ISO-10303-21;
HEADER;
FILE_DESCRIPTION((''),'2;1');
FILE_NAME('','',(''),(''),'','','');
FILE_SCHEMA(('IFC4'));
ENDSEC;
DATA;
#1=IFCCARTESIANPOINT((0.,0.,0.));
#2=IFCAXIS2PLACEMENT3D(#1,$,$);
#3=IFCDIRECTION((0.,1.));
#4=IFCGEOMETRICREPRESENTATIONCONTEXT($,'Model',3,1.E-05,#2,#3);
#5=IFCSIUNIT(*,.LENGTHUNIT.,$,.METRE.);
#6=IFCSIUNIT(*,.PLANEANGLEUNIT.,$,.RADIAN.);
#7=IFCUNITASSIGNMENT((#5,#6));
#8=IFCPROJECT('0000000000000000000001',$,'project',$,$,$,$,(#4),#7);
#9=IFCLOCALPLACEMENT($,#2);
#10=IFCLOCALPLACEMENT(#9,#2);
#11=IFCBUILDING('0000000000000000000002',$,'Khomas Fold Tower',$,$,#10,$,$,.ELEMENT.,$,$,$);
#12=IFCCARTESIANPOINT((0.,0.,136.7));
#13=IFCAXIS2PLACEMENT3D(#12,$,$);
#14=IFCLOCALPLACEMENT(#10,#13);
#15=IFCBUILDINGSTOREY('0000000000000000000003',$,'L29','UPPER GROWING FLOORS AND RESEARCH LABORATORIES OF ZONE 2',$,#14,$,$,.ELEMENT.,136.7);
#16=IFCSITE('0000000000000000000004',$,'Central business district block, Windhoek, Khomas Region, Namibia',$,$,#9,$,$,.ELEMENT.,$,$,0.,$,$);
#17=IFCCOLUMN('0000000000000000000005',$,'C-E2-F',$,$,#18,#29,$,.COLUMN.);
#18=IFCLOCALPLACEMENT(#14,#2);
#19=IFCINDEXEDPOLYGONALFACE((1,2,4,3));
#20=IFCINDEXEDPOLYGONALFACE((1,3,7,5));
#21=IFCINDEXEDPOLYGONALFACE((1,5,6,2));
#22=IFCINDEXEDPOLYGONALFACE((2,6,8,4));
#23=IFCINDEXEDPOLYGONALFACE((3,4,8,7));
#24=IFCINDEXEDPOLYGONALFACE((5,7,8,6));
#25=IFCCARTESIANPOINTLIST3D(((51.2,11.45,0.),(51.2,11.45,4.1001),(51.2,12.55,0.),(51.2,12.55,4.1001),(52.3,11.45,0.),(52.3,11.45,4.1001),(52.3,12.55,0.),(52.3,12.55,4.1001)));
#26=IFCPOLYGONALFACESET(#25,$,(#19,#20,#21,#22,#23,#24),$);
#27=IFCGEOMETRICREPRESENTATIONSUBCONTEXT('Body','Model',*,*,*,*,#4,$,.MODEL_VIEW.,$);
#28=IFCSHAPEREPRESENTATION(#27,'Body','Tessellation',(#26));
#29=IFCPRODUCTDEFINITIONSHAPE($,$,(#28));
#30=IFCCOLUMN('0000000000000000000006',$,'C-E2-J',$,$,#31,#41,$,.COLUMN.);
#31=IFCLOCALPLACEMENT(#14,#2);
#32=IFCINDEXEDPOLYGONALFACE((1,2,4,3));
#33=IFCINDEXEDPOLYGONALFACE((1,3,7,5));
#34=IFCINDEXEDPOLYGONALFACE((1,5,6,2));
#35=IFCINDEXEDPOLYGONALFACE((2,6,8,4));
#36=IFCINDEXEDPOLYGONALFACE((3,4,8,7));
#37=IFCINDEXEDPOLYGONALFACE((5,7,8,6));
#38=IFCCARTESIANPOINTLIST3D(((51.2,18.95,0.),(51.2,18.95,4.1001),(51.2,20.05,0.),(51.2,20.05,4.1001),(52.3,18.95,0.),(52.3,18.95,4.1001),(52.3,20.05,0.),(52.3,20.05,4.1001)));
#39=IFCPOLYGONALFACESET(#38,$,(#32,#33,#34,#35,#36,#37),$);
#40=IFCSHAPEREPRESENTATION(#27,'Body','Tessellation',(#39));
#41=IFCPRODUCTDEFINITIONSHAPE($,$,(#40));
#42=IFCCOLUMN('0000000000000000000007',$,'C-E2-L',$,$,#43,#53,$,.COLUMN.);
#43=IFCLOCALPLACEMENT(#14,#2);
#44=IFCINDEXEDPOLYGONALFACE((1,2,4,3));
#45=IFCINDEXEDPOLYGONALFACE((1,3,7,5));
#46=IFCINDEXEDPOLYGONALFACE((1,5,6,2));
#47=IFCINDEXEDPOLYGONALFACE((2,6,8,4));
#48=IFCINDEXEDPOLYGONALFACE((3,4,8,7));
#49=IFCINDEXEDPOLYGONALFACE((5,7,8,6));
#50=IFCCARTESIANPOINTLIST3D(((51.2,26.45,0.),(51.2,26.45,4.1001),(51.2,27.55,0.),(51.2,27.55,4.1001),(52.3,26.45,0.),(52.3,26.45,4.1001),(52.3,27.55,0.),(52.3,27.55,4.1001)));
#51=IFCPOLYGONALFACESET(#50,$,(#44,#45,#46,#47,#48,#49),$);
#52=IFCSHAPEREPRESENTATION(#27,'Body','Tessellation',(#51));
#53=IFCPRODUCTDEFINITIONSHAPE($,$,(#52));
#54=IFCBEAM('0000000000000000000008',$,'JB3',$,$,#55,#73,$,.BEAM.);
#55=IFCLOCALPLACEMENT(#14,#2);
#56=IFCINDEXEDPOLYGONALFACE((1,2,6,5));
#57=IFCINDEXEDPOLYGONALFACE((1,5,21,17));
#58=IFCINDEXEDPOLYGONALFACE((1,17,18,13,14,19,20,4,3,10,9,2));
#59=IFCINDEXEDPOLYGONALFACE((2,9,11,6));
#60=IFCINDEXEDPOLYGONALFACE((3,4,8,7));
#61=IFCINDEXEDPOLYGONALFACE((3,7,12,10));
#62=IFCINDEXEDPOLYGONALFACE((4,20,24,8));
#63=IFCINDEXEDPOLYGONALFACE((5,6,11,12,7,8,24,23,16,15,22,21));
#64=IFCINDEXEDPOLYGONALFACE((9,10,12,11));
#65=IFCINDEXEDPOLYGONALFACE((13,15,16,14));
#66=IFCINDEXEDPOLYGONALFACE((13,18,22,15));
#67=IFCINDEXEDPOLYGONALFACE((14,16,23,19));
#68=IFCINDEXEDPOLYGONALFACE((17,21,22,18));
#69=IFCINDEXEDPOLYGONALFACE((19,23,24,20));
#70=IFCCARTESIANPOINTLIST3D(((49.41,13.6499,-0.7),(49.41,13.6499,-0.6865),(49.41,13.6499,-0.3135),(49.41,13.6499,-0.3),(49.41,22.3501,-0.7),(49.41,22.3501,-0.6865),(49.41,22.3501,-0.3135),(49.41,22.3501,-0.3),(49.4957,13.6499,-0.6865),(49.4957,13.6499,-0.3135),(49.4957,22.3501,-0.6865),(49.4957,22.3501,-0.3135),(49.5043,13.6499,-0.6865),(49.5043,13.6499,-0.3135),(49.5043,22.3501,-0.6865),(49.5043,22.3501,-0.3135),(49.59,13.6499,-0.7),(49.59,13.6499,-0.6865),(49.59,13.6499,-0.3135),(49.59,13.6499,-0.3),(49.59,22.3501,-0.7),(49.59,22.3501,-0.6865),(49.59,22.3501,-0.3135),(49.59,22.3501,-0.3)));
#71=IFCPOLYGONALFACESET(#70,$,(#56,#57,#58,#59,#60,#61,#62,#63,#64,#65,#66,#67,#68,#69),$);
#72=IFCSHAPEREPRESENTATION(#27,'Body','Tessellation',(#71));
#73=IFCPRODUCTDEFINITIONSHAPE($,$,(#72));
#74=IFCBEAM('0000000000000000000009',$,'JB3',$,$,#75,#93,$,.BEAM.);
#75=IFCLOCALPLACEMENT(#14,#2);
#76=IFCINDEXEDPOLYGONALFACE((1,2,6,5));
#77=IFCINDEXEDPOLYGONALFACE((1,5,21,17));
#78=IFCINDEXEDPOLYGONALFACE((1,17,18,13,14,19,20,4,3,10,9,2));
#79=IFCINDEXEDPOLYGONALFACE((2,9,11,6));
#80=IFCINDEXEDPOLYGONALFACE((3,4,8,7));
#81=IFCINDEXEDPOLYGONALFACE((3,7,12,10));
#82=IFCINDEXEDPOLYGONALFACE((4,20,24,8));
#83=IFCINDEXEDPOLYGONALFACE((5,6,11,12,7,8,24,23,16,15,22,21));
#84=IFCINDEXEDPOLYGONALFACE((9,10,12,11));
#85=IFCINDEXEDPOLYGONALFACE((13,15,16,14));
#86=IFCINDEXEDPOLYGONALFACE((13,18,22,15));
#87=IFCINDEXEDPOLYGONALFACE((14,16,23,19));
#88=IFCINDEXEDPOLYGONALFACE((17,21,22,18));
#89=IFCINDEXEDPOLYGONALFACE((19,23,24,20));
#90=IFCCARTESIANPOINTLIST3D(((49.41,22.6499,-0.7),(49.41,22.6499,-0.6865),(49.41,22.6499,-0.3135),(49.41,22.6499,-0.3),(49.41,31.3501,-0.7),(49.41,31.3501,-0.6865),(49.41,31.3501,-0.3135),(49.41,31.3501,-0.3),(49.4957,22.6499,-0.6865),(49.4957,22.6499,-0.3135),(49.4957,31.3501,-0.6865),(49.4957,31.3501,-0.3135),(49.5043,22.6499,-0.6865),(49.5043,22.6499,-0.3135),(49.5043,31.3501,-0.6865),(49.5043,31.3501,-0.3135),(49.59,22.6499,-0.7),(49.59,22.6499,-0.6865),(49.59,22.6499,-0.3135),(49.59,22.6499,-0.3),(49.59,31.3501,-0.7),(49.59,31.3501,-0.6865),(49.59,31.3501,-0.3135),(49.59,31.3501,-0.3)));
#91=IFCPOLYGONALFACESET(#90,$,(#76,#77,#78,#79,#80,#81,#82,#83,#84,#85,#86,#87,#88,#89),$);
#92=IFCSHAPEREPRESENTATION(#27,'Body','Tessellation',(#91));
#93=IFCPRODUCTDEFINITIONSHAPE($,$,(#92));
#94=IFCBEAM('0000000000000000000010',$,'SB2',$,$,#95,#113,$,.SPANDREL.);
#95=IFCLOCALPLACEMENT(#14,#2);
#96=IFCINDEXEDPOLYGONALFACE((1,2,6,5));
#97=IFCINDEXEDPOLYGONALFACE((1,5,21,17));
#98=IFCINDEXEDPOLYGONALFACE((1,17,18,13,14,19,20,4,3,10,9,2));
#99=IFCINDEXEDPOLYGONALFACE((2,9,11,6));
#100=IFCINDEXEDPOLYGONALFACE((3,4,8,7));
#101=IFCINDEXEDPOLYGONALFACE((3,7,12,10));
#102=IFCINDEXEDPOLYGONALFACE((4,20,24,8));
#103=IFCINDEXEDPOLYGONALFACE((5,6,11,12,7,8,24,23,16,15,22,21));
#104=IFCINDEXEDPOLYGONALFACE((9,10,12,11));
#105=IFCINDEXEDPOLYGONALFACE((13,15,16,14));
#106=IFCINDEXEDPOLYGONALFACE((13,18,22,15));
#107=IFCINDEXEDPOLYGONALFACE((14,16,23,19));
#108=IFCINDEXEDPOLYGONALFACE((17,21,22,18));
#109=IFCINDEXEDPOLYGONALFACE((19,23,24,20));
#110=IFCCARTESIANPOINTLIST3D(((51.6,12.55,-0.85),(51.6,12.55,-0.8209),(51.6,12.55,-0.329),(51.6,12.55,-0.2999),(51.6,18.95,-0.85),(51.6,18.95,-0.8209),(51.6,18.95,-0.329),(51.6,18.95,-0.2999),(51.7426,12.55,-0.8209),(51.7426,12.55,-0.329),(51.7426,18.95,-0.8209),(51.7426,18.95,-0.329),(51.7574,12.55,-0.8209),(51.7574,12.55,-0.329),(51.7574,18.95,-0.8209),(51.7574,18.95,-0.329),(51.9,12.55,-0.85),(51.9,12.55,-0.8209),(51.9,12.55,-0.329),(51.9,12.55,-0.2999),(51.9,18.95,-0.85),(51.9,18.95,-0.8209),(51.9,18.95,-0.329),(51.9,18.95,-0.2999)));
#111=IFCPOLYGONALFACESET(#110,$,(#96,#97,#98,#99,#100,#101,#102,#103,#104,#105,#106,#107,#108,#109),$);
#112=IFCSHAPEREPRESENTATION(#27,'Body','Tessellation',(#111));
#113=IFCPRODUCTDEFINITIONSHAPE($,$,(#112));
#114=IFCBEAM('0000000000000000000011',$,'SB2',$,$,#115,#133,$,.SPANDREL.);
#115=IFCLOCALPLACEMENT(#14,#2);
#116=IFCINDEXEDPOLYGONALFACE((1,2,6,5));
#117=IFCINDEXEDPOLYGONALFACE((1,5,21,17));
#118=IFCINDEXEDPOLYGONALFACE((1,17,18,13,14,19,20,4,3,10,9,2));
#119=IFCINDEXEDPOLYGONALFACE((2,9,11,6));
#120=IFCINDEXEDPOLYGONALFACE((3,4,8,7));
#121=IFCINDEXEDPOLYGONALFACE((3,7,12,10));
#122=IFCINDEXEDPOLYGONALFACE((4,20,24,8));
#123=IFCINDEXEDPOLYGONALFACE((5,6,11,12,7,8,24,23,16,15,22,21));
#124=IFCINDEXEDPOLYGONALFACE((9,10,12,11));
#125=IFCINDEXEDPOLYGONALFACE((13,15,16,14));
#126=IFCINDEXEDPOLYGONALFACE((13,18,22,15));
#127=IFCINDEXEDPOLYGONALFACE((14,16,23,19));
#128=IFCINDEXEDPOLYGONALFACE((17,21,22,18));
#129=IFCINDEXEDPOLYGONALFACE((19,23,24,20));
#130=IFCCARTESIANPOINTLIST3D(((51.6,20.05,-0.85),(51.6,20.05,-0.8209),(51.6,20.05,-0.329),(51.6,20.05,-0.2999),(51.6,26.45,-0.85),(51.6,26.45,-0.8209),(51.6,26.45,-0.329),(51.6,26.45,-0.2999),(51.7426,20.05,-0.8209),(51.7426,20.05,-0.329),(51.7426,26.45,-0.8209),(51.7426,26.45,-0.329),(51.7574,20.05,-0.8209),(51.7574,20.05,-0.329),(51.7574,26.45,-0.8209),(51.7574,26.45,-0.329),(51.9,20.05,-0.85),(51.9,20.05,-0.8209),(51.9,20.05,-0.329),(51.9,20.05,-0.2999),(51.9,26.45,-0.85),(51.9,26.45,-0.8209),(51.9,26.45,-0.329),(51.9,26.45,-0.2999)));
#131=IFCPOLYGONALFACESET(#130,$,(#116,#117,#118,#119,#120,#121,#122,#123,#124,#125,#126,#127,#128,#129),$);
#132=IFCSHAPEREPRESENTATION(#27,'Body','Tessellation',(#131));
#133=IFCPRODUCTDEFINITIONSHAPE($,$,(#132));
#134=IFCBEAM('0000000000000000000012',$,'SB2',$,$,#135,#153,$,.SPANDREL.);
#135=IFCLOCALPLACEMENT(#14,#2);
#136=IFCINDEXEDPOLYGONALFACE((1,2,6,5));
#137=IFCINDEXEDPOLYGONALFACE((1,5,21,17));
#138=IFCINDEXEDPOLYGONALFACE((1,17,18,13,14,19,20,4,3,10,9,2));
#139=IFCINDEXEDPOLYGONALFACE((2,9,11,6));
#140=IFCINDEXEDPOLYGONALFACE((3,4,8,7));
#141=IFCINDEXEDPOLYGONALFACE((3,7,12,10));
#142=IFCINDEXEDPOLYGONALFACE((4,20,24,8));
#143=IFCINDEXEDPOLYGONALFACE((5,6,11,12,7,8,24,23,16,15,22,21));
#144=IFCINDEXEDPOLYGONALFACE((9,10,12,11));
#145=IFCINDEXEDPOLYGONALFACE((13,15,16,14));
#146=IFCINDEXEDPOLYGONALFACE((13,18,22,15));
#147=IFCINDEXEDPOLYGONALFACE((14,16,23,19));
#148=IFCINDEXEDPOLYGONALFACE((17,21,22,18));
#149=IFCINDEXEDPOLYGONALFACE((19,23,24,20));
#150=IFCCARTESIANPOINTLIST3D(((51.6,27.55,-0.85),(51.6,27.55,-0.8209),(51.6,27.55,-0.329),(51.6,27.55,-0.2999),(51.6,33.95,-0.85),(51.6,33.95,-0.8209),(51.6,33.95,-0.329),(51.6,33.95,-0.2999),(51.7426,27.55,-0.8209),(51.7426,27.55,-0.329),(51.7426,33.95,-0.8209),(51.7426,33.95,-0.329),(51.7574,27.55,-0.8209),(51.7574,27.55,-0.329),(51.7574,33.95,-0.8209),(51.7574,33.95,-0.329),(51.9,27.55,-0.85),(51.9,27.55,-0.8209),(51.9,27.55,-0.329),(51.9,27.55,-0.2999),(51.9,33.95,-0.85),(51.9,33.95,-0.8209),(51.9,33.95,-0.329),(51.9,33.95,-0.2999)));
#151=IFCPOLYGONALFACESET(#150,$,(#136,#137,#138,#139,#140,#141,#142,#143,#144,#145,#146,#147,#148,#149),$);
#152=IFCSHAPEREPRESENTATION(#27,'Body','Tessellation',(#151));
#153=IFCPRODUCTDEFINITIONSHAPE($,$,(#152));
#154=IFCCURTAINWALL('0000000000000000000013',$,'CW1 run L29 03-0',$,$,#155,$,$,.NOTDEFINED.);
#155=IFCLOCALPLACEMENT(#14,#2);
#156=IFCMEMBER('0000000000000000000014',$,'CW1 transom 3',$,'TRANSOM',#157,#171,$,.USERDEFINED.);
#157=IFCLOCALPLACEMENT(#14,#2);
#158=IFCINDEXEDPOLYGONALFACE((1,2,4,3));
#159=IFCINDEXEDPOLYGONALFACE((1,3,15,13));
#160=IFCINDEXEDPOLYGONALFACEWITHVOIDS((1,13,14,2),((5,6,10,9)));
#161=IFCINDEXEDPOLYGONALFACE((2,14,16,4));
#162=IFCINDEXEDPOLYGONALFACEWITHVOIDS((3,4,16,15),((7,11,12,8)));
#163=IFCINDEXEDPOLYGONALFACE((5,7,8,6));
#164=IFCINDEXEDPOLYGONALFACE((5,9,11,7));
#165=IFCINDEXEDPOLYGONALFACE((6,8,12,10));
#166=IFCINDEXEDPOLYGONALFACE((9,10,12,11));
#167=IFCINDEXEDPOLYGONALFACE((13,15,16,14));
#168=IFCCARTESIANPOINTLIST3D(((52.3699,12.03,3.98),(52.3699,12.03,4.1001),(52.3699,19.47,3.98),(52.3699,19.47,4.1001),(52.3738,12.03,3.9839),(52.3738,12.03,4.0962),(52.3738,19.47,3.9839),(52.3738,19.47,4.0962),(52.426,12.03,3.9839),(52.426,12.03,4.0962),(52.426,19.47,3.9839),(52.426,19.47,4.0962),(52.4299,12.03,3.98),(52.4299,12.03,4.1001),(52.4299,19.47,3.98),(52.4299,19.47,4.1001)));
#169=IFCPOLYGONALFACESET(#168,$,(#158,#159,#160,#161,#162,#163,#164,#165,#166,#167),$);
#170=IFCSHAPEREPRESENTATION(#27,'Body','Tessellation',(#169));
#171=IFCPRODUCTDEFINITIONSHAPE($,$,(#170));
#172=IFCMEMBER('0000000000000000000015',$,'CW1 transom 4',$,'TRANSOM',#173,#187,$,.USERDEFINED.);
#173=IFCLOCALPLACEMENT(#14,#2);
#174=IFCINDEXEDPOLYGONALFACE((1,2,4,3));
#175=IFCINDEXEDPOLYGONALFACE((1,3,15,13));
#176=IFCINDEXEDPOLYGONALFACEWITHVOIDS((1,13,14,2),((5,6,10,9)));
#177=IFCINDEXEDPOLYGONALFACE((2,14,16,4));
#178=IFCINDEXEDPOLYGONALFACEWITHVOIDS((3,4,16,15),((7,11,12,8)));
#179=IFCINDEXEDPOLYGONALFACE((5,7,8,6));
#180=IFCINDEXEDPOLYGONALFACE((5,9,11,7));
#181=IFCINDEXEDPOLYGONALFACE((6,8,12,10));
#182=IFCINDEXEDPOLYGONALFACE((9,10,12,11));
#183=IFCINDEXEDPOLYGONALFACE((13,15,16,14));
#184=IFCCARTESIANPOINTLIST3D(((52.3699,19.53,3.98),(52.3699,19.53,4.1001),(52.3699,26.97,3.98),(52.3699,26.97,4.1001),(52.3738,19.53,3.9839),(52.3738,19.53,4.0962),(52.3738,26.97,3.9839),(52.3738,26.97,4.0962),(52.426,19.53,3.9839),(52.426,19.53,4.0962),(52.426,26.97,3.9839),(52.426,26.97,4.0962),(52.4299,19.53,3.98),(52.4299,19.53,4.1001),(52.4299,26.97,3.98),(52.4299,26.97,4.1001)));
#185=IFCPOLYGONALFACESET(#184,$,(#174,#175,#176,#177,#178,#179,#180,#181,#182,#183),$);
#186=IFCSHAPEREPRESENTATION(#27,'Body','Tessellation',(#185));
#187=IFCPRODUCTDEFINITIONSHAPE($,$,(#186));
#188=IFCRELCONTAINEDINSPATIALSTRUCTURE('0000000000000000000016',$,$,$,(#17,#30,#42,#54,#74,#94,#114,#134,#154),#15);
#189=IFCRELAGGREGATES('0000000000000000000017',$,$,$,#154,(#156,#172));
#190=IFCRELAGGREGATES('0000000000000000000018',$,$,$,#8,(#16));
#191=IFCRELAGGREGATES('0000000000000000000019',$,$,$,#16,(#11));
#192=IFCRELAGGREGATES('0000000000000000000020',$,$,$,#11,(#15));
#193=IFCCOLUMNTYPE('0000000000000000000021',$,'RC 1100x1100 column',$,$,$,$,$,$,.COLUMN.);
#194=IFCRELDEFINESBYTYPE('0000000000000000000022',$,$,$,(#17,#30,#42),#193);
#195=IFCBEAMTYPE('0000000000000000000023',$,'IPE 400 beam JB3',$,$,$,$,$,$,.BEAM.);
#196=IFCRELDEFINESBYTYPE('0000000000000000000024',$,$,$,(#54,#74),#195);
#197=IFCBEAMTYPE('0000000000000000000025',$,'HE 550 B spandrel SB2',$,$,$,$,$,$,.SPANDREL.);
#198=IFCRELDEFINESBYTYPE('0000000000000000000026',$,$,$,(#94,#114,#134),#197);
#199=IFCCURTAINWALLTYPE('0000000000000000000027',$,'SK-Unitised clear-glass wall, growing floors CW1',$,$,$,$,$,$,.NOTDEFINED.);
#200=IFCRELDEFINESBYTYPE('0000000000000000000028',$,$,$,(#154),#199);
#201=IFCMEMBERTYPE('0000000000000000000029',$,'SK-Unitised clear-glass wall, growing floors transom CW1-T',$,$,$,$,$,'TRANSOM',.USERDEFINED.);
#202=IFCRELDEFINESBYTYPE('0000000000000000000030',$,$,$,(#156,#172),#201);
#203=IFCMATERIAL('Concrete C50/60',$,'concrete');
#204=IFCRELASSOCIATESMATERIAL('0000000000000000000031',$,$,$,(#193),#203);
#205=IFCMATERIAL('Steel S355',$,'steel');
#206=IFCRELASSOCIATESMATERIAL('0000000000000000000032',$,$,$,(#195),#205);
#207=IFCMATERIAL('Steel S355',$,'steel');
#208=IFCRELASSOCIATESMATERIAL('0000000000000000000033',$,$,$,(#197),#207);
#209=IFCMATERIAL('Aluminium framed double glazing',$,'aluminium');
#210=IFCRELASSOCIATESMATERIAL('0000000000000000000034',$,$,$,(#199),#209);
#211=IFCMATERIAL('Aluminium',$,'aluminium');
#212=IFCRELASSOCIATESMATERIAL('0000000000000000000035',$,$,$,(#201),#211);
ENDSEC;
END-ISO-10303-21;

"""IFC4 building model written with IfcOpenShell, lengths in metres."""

from ifc_helpers import new_model, si_unit, direction, frame, origin, origin_2d, place, context, subcontext, project, spatial, rectangle, hollow_rectangle, i_section, extrude, source, transform, mapped, material, material_profile, profile_set, type_object, element, aggregate, save


model = new_model("IFC4")

# Units and contexts
model_context = context("Model", 3, precision=1e-05, world=origin(), true_north=direction((0.0, 1.0)))
body_context = subcontext(model_context, "Body", "Model", "MODEL_VIEW")
ifc_project = project(units=[si_unit("LENGTHUNIT", "METRE"), si_unit("PLANEANGLEUNIT", "RADIAN")], contexts=[model_context])

# Site, building, storey
site_placement = place(None, origin())
site = spatial("IfcSite", under=ifc_project, at=site_placement, Name="Central business district block, Windhoek, Khomas Region, Namibia", CompositionType="ELEMENT", RefElevation=0.0)
building_placement = place(site_placement, origin())
building = spatial("IfcBuilding", under=site, at=building_placement, Name="Khomas Fold Tower", CompositionType="ELEMENT")
storey_placement = place(building_placement, frame((0.0, 0.0, 136.7)))
storey = spatial("IfcBuildingStorey", under=building, at=storey_placement, Name="L29", Description="UPPER GROWING FLOORS AND RESEARCH LABORATORIES OF ZONE 2", CompositionType="ELEMENT", Elevation=136.7)

# Columns
ifc_material_1 = material(Name="Concrete C50/60", Category="concrete")
ifc_material_profile_1 = material_profile(ifc_material_1, rectangle(XDim=1.1001, YDim=1.1001, at=origin_2d()), Name="RC 1100x1100")
ifc_profile_set_1 = profile_set([ifc_material_profile_1], Name="Concrete C50/60")
column_type = type_object("IfcColumnType", Name="RC 1100x1100 column", PredefinedType="COLUMN", material=ifc_profile_set_1)
shared_shape_1 = source(origin(), body_context, "Body", "SweptSolid", [
    extrude(rectangle(XDim=1.1001, YDim=1.1001, at=origin_2d()), origin(), (0.0, 0.0, 1.0), 4.1001),
])
for number, where, z_axis, x_axis, name in (
    (1, (51.75, 12.0, 0.0), (0.0, 0.0, 1.0), (1.0, 0.0, 0.0), "C-E2-F"),
    (2, (51.75, 19.5, 0.0), (0.0, 0.0, 1.0), (1.0, 0.0, 0.0), "C-E2-J"),
    (3, (51.75, 27.0, 0.0), (0.0, 0.0, 1.0), (1.0, 0.0, 0.0), "C-E2-L"),
):
    element("IfcColumn", number, at=place(storey_placement, frame(where, z_axis=z_axis, x_axis=x_axis)), inside=storey, type_object=column_type, Name=name, PredefinedType="COLUMN", context=body_context, shape_type="MappedRepresentation", body=[
        mapped(shared_shape_1, transform((0.0, 0.0, 0.0))),
    ])

# Beams
ifc_material_2 = material(Name="Steel S355", Category="steel")
ifc_material_profile_2 = material_profile(ifc_material_2, i_section(OverallWidth=0.1799, OverallDepth=0.3999, WebThickness=0.0085, FlangeThickness=0.0134, at=origin_2d()), Name="IPE 400")
ifc_profile_set_2 = profile_set([ifc_material_profile_2], Name="Steel S355")
beam_type_1 = type_object("IfcBeamType", Name="IPE 400 beam JB3", PredefinedType="BEAM", material=ifc_profile_set_2)
shared_shape_2 = source(origin(), body_context, "Body", "SweptSolid", [
    extrude(i_section(OverallWidth=0.1799, OverallDepth=0.3999, WebThickness=0.0085, FlangeThickness=0.0134, at=origin_2d()), origin(), (0.0, 0.0, 1.0), 8.7002),
])
for number, where, z_axis, x_axis, name in (
    (4, (49.5, 13.6499, -0.5), (0.0, 1.0, 0.0), (-1.0, 0.0, 0.0), "JB3"),
    (5, (49.5, 22.6499, -0.5), (0.0, 1.0, 0.0), (-1.0, 0.0, 0.0), "JB3"),
):
    element("IfcBeam", number, at=place(storey_placement, frame(where, z_axis=z_axis, x_axis=x_axis)), inside=storey, type_object=beam_type_1, Name=name, PredefinedType="BEAM", context=body_context, shape_type="MappedRepresentation", body=[
        mapped(shared_shape_2, transform((0.0, 0.0, 0.0))),
    ])
ifc_material_3 = material(Name="Steel S355", Category="steel")
ifc_material_profile_3 = material_profile(ifc_material_3, i_section(OverallWidth=0.3, OverallDepth=0.55, WebThickness=0.0149, FlangeThickness=0.0291, at=origin_2d()), Name="HE 550 B")
ifc_profile_set_3 = profile_set([ifc_material_profile_3], Name="Steel S355")
beam_type_2 = type_object("IfcBeamType", Name="HE 550 B spandrel SB2", PredefinedType="SPANDREL", material=ifc_profile_set_3)
shared_shape_3 = source(origin(), body_context, "Body", "SweptSolid", [
    extrude(i_section(OverallWidth=0.3, OverallDepth=0.55, WebThickness=0.0149, FlangeThickness=0.0291, at=origin_2d()), origin(), (0.0, 0.0, 1.0), 6.3999),
])
for number, where, z_axis, x_axis, name in (
    (6, (51.75, 12.55, -0.575), (0.0, 1.0, 0.0), (-1.0, 0.0, 0.0), "SB2"),
    (7, (51.75, 20.05, -0.575), (0.0, 1.0, 0.0), (-1.0, 0.0, 0.0), "SB2"),
    (8, (51.75, 27.55, -0.575), (0.0, 1.0, 0.0), (-1.0, 0.0, 0.0), "SB2"),
):
    element("IfcBeam", number, at=place(storey_placement, frame(where, z_axis=z_axis, x_axis=x_axis)), inside=storey, type_object=beam_type_2, Name=name, PredefinedType="SPANDREL", context=body_context, shape_type="MappedRepresentation", body=[
        mapped(shared_shape_3, transform((0.0, 0.0, 0.0))),
    ])

# Curtain wall, members
ifc_material_4 = material(Name="Aluminium framed double glazing", Category="aluminium")
curtain_wall_type = type_object("IfcCurtainWallType", Name="SK-Unitised clear-glass wall, growing floors CW1", PredefinedType="NOTDEFINED", material=ifc_material_4)
curtain_wall_placement = place(storey_placement, origin())
curtain_wall = element("IfcCurtainWall", 9, at=curtain_wall_placement, inside=storey, type_object=curtain_wall_type, Name="CW1 run L29 03-0", PredefinedType="NOTDEFINED")
ifc_material_5 = material(Name="Aluminium", Category="aluminium")
ifc_material_profile_4 = material_profile(ifc_material_5, hollow_rectangle(XDim=0.0601, YDim=0.1201, WallThickness=0.0039, at=origin_2d()), Name="SK-Unitised clear-glass wall, growing floors transom CW1-T")
ifc_profile_set_4 = profile_set([ifc_material_profile_4], Name="Aluminium")
member_type_1 = type_object("IfcMemberType", Name="SK-Unitised clear-glass wall, growing floors transom CW1-T", ElementType="TRANSOM", PredefinedType="USERDEFINED", material=ifc_profile_set_4)
shared_shape_4 = source(origin(), body_context, "Body", "SweptSolid", [
    extrude(hollow_rectangle(XDim=0.0601, YDim=0.1201, WallThickness=0.0039, at=origin_2d()), origin(), (0.0, 0.0, 1.0), 7.4399),
])
member_1_placement = place(storey_placement, frame((52.3999, 12.03, 4.04), z_axis=(0.0, 1.0, 0.0), x_axis=(-1.0, 0.0, 0.0)))
member_1 = element("IfcMember", 10, at=member_1_placement, type_object=member_type_1, Name="CW1 transom 3", ObjectType="TRANSOM", PredefinedType="USERDEFINED", context=body_context, shape_type="MappedRepresentation", body=[
    mapped(shared_shape_4, transform((0.0, 0.0, 0.0))),
])
member_2_placement = place(storey_placement, frame((52.3999, 19.53, 4.04), z_axis=(0.0, 1.0, 0.0), x_axis=(-1.0, 0.0, 0.0)))
member_2 = element("IfcMember", 11, at=member_2_placement, type_object=member_type_1, Name="CW1 transom 4", ObjectType="TRANSOM", PredefinedType="USERDEFINED", context=body_context, shape_type="MappedRepresentation", body=[
    mapped(shared_shape_4, transform((0.0, 0.0, 0.0))),
])
aggregate(curtain_wall, [member_1, member_2])

save(model, "model.ifc")
